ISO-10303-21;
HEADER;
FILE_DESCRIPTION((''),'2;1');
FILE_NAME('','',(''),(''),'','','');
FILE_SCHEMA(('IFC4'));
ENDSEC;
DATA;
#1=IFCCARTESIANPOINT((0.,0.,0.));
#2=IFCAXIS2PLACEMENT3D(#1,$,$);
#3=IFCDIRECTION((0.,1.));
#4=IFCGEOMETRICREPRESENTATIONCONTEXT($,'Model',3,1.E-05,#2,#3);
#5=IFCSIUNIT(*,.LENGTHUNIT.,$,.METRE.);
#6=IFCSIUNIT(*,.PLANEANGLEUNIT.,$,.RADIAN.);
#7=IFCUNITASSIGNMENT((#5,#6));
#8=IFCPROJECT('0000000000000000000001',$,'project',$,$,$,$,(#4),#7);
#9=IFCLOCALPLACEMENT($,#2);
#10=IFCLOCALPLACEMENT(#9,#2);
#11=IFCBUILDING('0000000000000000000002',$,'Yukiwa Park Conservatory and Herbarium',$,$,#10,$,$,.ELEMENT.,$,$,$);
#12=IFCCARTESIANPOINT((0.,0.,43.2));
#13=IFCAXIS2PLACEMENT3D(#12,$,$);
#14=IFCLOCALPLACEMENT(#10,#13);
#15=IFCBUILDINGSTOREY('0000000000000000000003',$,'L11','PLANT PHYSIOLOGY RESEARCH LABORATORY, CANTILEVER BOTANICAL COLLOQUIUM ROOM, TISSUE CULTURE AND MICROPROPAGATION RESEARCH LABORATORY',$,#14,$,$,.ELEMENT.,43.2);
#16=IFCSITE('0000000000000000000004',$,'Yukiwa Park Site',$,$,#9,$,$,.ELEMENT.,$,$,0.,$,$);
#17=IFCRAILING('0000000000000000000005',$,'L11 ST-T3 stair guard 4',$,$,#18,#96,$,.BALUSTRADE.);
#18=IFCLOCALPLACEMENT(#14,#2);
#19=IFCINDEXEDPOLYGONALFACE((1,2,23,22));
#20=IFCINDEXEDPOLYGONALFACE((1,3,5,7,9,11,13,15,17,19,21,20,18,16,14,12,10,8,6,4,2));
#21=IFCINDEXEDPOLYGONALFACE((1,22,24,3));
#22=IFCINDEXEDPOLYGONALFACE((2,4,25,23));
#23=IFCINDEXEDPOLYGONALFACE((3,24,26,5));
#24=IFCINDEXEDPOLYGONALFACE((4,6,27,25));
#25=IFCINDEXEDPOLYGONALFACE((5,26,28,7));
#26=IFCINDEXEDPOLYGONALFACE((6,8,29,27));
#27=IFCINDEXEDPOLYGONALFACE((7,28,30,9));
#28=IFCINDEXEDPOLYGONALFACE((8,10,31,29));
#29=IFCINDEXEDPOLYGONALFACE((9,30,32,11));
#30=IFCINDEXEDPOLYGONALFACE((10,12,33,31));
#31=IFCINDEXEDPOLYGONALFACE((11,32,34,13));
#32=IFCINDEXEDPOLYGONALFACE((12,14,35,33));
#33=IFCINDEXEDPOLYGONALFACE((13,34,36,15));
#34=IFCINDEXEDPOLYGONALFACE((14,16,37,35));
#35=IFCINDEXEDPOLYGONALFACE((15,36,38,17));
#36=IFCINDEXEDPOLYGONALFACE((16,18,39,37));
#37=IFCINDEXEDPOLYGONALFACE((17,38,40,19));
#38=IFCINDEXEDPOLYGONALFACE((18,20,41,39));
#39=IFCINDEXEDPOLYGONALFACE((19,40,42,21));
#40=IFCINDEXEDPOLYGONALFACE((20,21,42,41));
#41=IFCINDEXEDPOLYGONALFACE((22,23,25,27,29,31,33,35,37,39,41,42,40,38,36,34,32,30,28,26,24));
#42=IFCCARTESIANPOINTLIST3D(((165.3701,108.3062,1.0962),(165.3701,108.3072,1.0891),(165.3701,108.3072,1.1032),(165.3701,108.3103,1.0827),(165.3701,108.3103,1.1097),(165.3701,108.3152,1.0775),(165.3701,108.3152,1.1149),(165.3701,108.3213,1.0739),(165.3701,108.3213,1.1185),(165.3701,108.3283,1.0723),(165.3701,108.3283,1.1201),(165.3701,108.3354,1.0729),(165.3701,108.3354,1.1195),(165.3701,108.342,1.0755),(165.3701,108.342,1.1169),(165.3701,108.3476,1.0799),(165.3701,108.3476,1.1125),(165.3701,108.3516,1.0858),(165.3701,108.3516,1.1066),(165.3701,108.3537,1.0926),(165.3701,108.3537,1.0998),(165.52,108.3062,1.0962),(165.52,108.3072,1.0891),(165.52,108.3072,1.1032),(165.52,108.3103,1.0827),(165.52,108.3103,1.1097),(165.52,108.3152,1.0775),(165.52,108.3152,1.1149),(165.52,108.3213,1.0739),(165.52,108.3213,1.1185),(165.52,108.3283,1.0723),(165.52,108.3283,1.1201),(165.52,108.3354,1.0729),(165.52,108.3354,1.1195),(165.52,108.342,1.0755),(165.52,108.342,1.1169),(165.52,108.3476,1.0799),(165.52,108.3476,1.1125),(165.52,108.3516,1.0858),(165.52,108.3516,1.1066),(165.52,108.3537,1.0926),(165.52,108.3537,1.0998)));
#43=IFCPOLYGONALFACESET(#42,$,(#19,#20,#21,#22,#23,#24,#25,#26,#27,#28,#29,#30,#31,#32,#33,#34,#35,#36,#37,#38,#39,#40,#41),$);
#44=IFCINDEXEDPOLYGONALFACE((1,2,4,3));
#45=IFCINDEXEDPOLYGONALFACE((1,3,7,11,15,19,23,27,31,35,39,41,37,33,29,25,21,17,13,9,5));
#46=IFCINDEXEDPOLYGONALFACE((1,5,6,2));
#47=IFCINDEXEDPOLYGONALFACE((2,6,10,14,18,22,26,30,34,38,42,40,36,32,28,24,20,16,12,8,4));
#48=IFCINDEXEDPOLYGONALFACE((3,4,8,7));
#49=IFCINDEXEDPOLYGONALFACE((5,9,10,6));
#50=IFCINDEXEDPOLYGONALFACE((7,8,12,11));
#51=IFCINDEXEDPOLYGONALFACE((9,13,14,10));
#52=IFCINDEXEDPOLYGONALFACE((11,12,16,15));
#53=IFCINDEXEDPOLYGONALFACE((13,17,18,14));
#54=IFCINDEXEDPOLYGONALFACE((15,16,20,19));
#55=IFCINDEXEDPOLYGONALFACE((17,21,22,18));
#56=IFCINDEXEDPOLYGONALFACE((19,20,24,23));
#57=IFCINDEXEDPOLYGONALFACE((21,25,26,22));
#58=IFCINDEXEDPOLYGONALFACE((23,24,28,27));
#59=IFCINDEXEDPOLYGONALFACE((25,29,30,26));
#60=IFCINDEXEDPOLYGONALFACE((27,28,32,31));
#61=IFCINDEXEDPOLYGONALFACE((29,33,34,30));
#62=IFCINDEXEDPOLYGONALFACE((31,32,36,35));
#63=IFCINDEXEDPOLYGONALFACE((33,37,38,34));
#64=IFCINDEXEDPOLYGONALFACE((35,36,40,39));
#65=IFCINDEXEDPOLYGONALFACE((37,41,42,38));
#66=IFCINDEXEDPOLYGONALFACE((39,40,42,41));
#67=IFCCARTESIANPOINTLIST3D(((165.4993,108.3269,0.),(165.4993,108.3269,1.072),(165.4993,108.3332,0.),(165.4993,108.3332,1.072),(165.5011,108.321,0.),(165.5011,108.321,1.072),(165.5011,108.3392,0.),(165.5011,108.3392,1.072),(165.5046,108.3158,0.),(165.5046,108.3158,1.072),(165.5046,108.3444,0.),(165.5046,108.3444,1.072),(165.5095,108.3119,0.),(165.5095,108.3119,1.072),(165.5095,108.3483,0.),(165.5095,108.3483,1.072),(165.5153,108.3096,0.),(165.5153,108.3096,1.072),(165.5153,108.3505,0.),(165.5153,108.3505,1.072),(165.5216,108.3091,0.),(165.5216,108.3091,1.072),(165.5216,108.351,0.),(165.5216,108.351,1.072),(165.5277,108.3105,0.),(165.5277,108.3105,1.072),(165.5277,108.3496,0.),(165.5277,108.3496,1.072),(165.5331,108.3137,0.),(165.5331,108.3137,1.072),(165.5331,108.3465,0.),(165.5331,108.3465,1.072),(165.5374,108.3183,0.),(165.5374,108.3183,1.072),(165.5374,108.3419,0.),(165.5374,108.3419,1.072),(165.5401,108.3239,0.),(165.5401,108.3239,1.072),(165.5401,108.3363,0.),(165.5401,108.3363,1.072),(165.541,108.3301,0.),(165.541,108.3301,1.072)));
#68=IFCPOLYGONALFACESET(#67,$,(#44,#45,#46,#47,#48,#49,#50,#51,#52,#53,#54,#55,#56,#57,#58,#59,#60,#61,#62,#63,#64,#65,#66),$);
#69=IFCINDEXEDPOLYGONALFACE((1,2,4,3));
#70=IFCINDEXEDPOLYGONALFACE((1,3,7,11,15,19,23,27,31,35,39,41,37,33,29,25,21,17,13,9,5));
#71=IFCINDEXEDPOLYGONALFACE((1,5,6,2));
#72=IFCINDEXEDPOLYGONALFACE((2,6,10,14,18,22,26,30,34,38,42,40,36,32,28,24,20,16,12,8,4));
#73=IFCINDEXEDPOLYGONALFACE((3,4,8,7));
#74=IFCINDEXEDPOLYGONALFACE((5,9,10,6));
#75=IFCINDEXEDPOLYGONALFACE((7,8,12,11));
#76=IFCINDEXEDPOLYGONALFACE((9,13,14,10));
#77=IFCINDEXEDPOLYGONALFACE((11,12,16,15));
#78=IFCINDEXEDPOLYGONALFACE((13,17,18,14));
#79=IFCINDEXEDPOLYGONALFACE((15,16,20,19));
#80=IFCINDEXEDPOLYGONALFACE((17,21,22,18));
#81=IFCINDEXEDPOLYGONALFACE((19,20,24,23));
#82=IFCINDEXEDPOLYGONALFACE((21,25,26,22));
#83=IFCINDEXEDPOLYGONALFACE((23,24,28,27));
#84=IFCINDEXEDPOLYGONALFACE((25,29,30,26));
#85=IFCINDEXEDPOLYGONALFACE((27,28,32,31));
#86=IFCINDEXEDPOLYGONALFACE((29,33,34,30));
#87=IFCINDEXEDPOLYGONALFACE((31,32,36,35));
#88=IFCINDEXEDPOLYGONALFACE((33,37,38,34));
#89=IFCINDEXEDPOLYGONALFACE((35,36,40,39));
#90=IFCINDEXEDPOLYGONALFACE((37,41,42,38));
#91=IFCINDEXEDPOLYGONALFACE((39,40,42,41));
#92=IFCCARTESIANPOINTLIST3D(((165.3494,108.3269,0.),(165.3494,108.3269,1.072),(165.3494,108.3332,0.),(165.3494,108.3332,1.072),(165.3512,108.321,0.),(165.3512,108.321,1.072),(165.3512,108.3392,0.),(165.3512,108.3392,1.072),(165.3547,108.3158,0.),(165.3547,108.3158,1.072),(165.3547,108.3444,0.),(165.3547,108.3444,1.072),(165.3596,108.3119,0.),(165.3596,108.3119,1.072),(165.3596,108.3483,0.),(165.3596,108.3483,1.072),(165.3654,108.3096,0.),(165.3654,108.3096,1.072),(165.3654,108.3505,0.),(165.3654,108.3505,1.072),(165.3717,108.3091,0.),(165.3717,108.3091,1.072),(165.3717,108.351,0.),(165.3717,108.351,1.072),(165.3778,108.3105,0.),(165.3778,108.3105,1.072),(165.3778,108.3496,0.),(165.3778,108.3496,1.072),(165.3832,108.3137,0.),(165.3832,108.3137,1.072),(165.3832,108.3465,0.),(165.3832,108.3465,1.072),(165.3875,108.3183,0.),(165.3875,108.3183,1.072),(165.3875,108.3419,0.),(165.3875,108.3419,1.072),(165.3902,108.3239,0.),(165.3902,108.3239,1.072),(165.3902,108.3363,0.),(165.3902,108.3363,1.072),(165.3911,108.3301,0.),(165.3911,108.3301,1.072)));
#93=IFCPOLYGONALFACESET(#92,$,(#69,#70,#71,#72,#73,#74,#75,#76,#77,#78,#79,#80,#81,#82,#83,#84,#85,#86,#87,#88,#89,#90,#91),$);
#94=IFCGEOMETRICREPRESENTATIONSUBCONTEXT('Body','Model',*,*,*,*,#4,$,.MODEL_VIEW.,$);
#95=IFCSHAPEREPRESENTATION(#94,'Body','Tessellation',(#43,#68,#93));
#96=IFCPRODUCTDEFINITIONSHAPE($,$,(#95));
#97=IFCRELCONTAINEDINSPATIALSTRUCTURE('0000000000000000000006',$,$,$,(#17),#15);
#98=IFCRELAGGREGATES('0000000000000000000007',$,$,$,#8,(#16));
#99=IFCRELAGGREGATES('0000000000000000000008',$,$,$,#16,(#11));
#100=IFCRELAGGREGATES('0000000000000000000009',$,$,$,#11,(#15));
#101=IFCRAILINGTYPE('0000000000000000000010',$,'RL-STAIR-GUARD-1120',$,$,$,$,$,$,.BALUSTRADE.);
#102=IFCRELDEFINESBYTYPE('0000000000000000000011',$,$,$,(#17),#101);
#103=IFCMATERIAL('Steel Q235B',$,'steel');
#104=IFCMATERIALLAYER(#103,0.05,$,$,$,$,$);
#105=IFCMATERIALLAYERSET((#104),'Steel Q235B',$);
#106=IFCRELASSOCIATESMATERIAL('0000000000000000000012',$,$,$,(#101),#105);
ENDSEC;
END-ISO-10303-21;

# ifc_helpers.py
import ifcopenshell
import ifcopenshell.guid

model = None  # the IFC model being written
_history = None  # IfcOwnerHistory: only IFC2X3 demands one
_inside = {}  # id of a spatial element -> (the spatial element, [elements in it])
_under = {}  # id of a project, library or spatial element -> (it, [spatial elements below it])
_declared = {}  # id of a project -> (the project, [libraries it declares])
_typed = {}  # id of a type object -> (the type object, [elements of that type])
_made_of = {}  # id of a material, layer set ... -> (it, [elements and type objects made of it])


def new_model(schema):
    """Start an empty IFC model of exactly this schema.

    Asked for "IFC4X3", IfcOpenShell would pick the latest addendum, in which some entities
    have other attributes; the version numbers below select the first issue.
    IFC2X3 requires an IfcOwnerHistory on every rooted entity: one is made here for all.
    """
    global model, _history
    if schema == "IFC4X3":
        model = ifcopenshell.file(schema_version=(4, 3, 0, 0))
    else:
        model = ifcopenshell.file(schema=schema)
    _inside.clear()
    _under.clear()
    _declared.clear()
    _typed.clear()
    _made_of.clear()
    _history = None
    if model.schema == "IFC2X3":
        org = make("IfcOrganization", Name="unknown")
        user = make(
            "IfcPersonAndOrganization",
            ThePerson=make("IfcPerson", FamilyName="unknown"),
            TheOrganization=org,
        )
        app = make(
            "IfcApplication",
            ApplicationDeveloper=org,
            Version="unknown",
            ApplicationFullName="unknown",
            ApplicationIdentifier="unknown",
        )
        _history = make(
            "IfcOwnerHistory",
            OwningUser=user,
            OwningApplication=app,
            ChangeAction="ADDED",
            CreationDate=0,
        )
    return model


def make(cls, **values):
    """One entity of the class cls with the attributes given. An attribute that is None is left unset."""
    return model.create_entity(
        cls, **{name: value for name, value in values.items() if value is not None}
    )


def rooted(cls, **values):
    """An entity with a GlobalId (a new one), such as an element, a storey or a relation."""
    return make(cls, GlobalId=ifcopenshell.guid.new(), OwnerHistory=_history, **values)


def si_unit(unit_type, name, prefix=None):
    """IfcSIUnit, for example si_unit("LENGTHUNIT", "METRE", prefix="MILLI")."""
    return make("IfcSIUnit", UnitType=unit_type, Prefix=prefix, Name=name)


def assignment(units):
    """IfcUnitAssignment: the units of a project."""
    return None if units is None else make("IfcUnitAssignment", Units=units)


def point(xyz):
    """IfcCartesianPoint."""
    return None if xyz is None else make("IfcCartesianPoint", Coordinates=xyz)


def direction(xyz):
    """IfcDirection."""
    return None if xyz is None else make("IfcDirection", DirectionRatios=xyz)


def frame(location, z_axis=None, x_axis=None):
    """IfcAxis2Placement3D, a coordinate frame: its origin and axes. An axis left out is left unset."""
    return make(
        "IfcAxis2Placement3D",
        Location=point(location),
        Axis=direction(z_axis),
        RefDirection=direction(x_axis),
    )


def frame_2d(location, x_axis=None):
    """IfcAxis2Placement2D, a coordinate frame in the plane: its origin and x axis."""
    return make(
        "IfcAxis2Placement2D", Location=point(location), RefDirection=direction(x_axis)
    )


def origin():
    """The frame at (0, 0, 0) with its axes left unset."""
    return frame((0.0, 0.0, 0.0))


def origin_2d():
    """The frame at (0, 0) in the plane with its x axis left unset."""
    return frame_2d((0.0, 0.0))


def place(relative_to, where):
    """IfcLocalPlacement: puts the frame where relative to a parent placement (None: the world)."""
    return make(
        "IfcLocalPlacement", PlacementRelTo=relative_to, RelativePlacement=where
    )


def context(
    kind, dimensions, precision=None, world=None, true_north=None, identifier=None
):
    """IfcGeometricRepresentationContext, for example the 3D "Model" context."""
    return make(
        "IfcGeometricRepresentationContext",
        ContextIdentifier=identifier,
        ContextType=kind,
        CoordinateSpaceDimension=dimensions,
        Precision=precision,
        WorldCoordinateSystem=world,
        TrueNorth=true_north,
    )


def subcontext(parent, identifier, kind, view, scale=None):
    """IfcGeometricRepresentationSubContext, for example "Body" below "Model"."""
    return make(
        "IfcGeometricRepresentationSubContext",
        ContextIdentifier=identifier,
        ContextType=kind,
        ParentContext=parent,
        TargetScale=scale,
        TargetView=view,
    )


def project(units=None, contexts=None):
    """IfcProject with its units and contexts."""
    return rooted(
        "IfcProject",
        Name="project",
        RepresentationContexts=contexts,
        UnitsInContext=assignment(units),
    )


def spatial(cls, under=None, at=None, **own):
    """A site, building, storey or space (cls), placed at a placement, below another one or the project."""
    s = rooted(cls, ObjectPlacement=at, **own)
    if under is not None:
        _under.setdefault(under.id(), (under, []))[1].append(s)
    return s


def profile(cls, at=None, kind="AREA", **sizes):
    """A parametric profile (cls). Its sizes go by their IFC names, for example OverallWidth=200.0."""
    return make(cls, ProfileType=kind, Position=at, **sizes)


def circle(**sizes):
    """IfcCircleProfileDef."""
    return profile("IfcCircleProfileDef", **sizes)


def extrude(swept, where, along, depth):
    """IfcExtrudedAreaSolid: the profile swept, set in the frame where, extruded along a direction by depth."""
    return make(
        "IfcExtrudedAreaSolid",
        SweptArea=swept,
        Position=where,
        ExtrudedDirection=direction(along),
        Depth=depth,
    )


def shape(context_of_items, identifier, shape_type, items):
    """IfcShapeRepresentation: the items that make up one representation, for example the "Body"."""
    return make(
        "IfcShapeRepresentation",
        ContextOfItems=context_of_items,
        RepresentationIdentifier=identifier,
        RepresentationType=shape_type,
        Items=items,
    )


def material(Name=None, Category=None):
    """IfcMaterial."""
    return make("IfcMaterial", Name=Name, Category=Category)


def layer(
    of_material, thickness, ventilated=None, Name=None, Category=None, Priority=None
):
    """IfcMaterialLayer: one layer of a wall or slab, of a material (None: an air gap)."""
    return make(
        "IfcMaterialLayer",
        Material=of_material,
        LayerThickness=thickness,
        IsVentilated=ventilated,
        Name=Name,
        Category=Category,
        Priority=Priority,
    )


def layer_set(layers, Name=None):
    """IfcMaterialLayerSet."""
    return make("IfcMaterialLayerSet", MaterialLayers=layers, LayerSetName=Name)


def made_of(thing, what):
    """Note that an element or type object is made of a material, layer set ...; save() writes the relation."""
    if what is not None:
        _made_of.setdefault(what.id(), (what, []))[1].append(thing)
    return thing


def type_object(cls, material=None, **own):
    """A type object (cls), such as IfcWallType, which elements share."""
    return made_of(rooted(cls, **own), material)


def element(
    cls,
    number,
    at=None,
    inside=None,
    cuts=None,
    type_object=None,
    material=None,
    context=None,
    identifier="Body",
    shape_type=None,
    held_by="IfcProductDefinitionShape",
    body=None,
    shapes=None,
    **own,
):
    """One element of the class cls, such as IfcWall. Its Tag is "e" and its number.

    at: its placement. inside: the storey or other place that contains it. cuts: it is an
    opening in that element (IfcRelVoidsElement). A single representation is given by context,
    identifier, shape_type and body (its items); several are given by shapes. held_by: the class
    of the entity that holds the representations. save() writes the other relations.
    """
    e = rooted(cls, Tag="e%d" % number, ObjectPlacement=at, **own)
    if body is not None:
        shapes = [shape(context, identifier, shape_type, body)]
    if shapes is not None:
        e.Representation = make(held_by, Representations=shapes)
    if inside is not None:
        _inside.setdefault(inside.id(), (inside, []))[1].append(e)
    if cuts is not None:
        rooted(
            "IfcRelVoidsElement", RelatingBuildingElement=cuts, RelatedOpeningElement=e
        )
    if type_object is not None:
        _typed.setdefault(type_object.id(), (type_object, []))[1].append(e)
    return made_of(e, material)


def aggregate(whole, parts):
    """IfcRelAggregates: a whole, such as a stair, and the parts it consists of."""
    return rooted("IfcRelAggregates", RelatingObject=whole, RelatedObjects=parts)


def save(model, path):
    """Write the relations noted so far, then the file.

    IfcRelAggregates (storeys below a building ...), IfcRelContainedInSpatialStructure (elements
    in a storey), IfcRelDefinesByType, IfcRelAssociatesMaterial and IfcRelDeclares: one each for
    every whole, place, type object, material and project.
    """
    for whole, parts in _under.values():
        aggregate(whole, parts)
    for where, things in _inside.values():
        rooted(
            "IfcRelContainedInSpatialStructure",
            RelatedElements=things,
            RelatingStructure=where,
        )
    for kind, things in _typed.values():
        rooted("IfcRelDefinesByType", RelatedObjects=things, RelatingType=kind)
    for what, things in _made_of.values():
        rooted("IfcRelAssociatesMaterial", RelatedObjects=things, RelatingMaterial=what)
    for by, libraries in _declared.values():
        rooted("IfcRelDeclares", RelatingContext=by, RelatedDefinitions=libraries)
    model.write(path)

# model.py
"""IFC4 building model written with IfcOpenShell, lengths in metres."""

from ifc_helpers import new_model, si_unit, direction, frame, origin, origin_2d, place, context, subcontext, project, spatial, circle, extrude, material, layer, layer_set, type_object, element, save


model = new_model("IFC4")

# Units and contexts
model_context = context("Model", 3, precision=1e-05, world=origin(), true_north=direction((0.0, 1.0)))
body_context = subcontext(model_context, "Body", "Model", "MODEL_VIEW")
ifc_project = project(units=[si_unit("LENGTHUNIT", "METRE"), si_unit("PLANEANGLEUNIT", "RADIAN")], contexts=[model_context])

# Site, building, storey
site_placement = place(None, origin())
site = spatial("IfcSite", under=ifc_project, at=site_placement, Name="Yukiwa Park Site", CompositionType="ELEMENT", RefElevation=0.0)
building_placement = place(site_placement, origin())
building = spatial("IfcBuilding", under=site, at=building_placement, Name="Yukiwa Park Conservatory and Herbarium", CompositionType="ELEMENT")
storey_placement = place(building_placement, frame((0.0, 0.0, 43.2)))
storey = spatial("IfcBuildingStorey", under=building, at=storey_placement, Name="L11", Description="PLANT PHYSIOLOGY RESEARCH LABORATORY, CANTILEVER BOTANICAL COLLOQUIUM ROOM, TISSUE CULTURE AND MICROPROPAGATION RESEARCH LABORATORY", CompositionType="ELEMENT", Elevation=43.2)

# Railing
ifc_material_1 = material(Name="Steel Q235B", Category="steel")
ifc_layer_1 = layer(ifc_material_1, 0.05)
ifc_layer_set_1 = layer_set([ifc_layer_1], Name="Steel Q235B")
railing_type_1 = type_object("IfcRailingType", Name="RL-STAIR-GUARD-1120", PredefinedType="BALUSTRADE", material=ifc_layer_set_1)
railing_1_placement = place(storey_placement, frame((165.52, 108.3301, 0.0)))
element("IfcRailing", 1, at=railing_1_placement, inside=storey, type_object=railing_type_1, Name="L11 ST-T3 stair guard 4", PredefinedType="BALUSTRADE", context=body_context, shape_type="SweptSolid", body=[
    extrude(circle(Radius=0.0239, at=origin_2d()), frame((0.0, 0.0, 1.0962), z_axis=(-1.0, 0.0, 0.0), x_axis=(0.0, -1.0, 0.0)), (0.0, 0.0, 1.0), 0.1499),
    extrude(circle(Radius=0.021, at=origin_2d()), origin(), (0.0, 0.0, 1.0), 1.072),
    extrude(circle(Radius=0.021, at=origin_2d()), frame((-0.1499, 0.0, 0.0)), (0.0, 0.0, 1.0), 1.072),
])

save(model, "model.ifc")
